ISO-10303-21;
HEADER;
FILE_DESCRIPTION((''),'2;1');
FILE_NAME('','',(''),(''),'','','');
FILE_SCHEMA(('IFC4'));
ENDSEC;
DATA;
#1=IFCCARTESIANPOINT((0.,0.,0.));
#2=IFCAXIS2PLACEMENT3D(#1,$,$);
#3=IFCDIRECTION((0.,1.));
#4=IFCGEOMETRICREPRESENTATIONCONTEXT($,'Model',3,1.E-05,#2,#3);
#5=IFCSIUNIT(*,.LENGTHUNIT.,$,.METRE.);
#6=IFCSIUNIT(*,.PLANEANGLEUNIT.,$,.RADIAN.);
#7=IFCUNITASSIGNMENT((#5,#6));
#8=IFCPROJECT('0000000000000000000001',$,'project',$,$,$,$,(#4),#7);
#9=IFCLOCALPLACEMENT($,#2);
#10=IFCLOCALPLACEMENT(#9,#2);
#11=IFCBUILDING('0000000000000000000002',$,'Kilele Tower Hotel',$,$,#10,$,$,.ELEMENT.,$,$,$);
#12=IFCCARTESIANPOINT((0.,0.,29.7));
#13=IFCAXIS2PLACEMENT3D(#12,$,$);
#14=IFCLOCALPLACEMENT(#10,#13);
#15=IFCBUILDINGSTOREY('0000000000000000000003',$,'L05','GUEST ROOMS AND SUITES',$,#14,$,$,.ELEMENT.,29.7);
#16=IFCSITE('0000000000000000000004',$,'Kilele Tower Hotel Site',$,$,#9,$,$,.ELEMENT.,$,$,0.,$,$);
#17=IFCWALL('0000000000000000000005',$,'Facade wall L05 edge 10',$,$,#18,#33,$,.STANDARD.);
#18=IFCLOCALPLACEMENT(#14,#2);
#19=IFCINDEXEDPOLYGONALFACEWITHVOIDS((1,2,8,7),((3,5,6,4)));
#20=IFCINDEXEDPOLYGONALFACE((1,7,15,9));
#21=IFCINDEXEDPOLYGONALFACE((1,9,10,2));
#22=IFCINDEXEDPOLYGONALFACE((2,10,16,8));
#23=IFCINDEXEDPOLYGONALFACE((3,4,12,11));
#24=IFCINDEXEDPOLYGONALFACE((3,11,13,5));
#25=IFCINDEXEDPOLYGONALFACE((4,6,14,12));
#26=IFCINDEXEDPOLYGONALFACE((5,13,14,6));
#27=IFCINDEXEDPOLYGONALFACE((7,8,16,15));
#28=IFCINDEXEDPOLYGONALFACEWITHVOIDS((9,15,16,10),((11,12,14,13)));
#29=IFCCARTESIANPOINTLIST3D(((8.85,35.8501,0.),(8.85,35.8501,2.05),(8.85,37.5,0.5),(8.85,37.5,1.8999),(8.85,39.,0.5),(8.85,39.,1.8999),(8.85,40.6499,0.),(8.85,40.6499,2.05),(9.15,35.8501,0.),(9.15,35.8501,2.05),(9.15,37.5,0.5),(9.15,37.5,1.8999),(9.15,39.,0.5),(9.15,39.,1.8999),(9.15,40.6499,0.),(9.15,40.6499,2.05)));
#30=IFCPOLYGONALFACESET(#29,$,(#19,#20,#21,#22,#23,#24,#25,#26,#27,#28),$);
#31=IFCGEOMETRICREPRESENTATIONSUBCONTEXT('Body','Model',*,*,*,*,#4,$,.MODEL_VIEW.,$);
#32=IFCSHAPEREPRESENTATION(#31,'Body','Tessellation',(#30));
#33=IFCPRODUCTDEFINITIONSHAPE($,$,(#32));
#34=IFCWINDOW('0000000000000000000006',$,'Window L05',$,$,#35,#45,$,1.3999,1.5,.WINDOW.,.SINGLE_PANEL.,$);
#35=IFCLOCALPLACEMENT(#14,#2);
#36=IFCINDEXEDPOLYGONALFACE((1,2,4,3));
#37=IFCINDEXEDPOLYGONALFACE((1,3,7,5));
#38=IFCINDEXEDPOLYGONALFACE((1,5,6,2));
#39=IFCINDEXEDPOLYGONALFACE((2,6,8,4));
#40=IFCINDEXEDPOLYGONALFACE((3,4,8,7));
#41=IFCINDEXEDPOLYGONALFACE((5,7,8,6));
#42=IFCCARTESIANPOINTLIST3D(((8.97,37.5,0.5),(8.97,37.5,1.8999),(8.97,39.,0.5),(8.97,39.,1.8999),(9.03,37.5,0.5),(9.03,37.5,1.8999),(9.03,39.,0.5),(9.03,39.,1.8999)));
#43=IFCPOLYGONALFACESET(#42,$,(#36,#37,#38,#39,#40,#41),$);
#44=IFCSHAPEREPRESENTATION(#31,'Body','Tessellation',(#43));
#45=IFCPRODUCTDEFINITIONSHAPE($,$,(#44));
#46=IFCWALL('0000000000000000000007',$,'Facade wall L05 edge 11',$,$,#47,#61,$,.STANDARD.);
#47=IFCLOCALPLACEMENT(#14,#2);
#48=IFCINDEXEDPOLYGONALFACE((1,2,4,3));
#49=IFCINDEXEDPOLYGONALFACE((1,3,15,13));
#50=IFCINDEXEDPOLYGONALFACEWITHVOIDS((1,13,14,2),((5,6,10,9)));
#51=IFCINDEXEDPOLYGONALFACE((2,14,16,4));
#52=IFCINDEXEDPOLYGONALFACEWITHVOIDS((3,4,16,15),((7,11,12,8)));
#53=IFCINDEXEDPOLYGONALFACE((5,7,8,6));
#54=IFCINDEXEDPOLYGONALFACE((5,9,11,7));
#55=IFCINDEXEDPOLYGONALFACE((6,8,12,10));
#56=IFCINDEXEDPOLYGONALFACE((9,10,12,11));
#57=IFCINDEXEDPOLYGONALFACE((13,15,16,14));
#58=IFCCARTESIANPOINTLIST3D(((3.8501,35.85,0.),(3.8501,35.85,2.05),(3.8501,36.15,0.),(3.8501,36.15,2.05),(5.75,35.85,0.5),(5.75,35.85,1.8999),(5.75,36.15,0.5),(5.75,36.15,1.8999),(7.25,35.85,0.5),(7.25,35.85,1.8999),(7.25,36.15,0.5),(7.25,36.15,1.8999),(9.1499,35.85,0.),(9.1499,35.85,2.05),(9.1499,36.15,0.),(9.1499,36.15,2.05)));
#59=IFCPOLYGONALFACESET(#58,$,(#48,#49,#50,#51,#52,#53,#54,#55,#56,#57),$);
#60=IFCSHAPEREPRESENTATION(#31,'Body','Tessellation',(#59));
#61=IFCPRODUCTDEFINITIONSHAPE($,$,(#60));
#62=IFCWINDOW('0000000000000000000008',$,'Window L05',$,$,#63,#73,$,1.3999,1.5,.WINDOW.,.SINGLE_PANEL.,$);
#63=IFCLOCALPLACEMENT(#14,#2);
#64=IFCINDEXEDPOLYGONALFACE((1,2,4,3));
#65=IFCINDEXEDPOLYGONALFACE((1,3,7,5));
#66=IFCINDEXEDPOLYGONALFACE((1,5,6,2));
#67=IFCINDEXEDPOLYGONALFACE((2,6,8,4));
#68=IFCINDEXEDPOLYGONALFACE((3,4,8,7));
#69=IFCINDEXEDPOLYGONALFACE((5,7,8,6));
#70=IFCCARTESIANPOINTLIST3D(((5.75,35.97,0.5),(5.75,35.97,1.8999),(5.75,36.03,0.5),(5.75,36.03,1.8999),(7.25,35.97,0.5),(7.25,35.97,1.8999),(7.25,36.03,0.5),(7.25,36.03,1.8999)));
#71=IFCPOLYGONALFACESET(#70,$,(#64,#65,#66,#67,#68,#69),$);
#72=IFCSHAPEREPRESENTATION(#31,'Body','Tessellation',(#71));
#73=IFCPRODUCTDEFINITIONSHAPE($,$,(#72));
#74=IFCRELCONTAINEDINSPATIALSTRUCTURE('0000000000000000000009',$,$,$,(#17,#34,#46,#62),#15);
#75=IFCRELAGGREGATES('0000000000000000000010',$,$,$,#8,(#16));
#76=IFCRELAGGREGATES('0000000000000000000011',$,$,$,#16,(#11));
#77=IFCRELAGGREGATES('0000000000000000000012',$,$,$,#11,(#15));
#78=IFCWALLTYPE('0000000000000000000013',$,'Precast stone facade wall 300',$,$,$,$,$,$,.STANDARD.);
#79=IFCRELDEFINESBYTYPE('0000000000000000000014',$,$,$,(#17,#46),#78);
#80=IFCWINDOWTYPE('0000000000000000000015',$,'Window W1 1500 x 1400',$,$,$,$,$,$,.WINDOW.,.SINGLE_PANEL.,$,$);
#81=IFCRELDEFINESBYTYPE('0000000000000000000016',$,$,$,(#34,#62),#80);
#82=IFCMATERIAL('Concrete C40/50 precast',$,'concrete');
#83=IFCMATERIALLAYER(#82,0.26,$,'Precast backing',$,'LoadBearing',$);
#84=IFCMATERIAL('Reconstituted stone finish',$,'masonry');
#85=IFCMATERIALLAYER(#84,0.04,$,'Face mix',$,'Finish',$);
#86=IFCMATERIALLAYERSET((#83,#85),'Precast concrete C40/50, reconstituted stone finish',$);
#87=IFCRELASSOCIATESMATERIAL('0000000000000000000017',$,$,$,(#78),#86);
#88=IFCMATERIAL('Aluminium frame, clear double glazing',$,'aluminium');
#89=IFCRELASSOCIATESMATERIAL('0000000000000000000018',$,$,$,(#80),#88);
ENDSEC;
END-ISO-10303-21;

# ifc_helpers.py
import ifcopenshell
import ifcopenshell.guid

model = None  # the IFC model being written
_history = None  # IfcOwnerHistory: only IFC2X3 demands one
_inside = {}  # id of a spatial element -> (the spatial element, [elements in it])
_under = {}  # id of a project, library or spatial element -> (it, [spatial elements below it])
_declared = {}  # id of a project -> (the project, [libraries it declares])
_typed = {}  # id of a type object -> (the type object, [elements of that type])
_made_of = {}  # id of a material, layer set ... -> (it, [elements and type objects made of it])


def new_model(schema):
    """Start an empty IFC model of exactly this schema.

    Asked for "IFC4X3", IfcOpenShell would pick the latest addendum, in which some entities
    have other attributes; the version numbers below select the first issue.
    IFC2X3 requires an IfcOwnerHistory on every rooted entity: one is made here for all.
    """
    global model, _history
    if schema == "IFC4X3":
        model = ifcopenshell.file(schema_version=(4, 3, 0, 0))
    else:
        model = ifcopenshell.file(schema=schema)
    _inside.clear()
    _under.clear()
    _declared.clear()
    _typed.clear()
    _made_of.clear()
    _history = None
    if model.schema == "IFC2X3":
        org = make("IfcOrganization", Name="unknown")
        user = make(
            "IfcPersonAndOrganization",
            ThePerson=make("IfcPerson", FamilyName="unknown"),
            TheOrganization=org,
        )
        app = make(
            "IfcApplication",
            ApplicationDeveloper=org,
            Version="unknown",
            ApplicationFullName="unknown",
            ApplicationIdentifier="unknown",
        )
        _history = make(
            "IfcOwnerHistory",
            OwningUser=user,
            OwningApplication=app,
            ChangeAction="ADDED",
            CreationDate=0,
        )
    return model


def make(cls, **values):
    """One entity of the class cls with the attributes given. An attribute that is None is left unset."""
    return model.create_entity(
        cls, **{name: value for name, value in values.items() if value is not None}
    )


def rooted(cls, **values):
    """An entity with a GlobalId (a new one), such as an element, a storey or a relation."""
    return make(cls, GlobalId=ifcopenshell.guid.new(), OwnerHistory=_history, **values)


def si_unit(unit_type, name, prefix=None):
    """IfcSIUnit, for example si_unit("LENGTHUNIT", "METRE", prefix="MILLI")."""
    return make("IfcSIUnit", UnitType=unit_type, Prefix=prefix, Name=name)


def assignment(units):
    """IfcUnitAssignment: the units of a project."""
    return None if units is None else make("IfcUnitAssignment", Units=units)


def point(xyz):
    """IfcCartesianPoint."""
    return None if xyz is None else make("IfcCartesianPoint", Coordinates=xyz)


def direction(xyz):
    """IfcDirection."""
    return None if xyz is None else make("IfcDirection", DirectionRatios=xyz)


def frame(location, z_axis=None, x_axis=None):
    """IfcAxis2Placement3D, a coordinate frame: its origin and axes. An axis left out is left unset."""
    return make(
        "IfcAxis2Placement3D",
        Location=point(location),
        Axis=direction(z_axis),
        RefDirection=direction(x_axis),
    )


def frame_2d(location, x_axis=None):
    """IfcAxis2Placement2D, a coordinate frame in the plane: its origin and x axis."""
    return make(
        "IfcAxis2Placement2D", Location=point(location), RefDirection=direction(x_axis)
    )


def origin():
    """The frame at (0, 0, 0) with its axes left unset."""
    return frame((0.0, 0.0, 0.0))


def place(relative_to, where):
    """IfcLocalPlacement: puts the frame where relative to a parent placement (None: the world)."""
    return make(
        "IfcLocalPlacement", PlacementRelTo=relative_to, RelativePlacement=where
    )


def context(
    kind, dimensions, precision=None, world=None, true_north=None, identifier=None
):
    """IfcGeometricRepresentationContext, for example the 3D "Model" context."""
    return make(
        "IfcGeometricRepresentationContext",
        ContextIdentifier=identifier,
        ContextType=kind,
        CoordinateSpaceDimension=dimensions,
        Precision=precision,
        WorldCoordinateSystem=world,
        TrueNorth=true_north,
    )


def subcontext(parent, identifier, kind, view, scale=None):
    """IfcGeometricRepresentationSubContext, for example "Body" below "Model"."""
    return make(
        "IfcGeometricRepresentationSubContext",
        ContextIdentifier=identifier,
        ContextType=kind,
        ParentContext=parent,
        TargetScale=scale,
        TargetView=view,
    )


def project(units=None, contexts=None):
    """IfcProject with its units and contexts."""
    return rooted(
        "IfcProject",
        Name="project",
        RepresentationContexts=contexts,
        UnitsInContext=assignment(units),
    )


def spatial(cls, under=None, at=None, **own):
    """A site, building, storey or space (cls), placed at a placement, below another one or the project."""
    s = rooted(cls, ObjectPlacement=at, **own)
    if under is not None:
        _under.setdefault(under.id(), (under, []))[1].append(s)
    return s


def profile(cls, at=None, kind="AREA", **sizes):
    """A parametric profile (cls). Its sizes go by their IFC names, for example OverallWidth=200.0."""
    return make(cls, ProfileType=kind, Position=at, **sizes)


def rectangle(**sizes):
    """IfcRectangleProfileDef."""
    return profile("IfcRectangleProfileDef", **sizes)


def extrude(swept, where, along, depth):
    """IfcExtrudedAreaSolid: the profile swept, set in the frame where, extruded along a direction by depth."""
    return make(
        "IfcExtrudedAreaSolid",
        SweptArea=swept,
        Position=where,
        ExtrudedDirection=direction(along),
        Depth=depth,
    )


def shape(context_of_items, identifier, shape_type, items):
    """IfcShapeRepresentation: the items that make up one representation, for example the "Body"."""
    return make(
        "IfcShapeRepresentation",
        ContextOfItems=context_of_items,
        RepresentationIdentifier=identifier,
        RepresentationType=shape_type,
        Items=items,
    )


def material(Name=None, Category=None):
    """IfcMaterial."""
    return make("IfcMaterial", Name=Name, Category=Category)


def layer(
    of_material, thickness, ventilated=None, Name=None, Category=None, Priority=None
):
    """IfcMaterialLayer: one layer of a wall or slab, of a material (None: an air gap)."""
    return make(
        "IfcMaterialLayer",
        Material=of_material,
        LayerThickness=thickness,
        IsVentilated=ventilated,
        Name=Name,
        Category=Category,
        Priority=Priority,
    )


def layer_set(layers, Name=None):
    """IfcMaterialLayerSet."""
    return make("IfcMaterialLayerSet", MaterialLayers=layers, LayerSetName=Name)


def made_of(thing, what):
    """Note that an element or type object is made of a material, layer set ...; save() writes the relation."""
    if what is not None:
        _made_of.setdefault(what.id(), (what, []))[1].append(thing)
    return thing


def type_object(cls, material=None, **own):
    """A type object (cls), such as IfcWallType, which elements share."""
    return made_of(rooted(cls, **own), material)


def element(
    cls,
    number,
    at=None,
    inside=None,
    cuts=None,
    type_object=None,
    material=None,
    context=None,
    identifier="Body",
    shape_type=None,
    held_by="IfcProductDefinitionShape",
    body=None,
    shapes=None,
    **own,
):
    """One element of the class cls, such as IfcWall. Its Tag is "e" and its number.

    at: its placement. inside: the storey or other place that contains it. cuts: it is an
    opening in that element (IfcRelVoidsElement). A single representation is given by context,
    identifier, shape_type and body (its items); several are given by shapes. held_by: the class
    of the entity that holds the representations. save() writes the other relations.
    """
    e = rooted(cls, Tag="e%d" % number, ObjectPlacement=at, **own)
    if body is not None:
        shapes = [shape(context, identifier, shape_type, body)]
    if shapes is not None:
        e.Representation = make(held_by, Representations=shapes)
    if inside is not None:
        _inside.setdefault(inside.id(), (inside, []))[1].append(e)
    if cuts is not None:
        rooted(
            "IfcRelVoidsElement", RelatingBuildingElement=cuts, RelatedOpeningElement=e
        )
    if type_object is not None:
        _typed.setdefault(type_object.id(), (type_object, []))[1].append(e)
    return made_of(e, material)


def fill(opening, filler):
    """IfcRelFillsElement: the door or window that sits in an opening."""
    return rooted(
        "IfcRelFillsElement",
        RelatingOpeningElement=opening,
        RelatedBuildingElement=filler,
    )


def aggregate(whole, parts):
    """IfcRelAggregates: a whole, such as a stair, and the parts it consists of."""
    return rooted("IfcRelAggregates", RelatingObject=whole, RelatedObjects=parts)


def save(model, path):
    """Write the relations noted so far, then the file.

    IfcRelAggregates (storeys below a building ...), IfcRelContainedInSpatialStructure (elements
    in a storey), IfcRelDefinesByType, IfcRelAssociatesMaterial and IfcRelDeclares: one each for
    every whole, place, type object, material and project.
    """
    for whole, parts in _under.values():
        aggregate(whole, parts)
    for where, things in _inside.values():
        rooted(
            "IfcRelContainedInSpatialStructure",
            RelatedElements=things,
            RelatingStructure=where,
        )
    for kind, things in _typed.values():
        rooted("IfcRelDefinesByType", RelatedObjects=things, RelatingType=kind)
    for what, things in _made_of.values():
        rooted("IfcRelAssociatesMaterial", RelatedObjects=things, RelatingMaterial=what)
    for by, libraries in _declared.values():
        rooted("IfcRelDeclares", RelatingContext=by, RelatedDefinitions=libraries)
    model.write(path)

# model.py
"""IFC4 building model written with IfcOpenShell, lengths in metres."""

from ifc_helpers import new_model, si_unit, direction, frame, frame_2d, origin, place, context, subcontext, project, spatial, rectangle, extrude, material, layer, layer_set, type_object, element, fill, save


model = new_model("IFC4")

# Units and contexts
model_context = context("Model", 3, precision=1e-05, world=origin(), true_north=direction((0.0, 1.0)))
body_context = subcontext(model_context, "Body", "Model", "MODEL_VIEW")
ifc_project = project(units=[si_unit("LENGTHUNIT", "METRE"), si_unit("PLANEANGLEUNIT", "RADIAN")], contexts=[model_context])

# Site, building, storey
site_placement = place(None, origin())
site = spatial("IfcSite", under=ifc_project, at=site_placement, Name="Kilele Tower Hotel Site", CompositionType="ELEMENT", RefElevation=0.0)
building_placement = place(site_placement, origin())
building = spatial("IfcBuilding", under=site, at=building_placement, Name="Kilele Tower Hotel", CompositionType="ELEMENT")
storey_placement = place(building_placement, frame((0.0, 0.0, 29.7)))
storey = spatial("IfcBuildingStorey", under=building, at=storey_placement, Name="L05", Description="GUEST ROOMS AND SUITES", CompositionType="ELEMENT", Elevation=29.7)

# Walls, openings, windows
ifc_material_1 = material(Name="Concrete C40/50 precast", Category="concrete")
ifc_layer_1 = layer(ifc_material_1, 0.26, Name="Precast backing", Category="LoadBearing")
ifc_material_2 = material(Name="Reconstituted stone finish", Category="masonry")
ifc_layer_2 = layer(ifc_material_2, 0.04, Name="Face mix", Category="Finish")
ifc_layer_set_1 = layer_set([ifc_layer_1, ifc_layer_2], Name="Precast concrete C40/50, reconstituted stone finish")
wall_type_1 = type_object("IfcWallType", Name="Precast stone facade wall 300", PredefinedType="STANDARD", material=ifc_layer_set_1)
wall_1_placement = place(storey_placement, frame((9.0, 40.6499, 0.0), z_axis=(0.0, 0.0, 1.0), x_axis=(0.0, -1.0, 0.0)))
wall_1 = element("IfcWall", 1, at=wall_1_placement, inside=storey, type_object=wall_type_1, Name="Facade wall L05 edge 10", PredefinedType="STANDARD", context=body_context, shape_type="SweptSolid", body=[
    extrude(rectangle(XDim=4.7998, YDim=0.3, at=frame_2d((2.3999, 0.0))), origin(), (0.0, 0.0, 1.0), 2.05),
])
opening_1_placement = place(wall_1_placement, frame((1.6499, 0.0, 0.5)))
opening_1 = element("IfcOpeningElement", 2, at=opening_1_placement, cuts=wall_1, PredefinedType="OPENING", context=body_context, shape_type="SweptSolid", body=[
    extrude(rectangle(XDim=1.5, YDim=1.3999, at=frame_2d((0.75, 0.7))), frame((0.0, 0.1599, 0.0), z_axis=(0.0, -1.0, 0.0), x_axis=(1.0, 0.0, 0.0)), (0.0, 0.0, 1.0), 0.3201),
])
ifc_material_3 = material(Name="Aluminium frame, clear double glazing", Category="aluminium")
window_type = type_object("IfcWindowType", Name="Window W1 1500 x 1400", PartitioningType="SINGLE_PANEL", PredefinedType="WINDOW", material=ifc_material_3)
window_1_placement = place(opening_1_placement, origin())
window_1 = element("IfcWindow", 3, at=window_1_placement, inside=storey, type_object=window_type, Name="Window L05", OverallHeight=1.3999, OverallWidth=1.5, PartitioningType="SINGLE_PANEL", PredefinedType="WINDOW", context=body_context, shape_type="SweptSolid", body=[
    extrude(rectangle(XDim=1.5, YDim=1.3999, at=frame_2d((0.75, 0.7))), frame((0.0, 0.03, 0.0), z_axis=(0.0, -1.0, 0.0), x_axis=(1.0, 0.0, 0.0)), (0.0, 0.0, 1.0), 0.0601),
])
fill(opening_1, window_1)
wall_2_placement = place(storey_placement, frame((9.1499, 36.0, 0.0), z_axis=(0.0, 0.0, 1.0), x_axis=(-1.0, 0.0, 0.0)))
wall_2 = element("IfcWall", 4, at=wall_2_placement, inside=storey, type_object=wall_type_1, Name="Facade wall L05 edge 11", PredefinedType="STANDARD", context=body_context, shape_type="SweptSolid", body=[
    extrude(rectangle(XDim=5.2998, YDim=0.3, at=frame_2d((2.6499, 0.0))), origin(), (0.0, 0.0, 1.0), 2.05),
])
opening_2_placement = place(wall_2_placement, frame((1.8999, 0.0, 0.5)))
opening_2 = element("IfcOpeningElement", 5, at=opening_2_placement, cuts=wall_2, PredefinedType="OPENING", context=body_context, shape_type="SweptSolid", body=[
    extrude(rectangle(XDim=1.5, YDim=1.3999, at=frame_2d((0.75, 0.7))), frame((0.0, 0.1599, 0.0), z_axis=(0.0, -1.0, 0.0), x_axis=(1.0, 0.0, 0.0)), (0.0, 0.0, 1.0), 0.3201),
])
window_2_placement = place(opening_2_placement, origin())
window_2 = element("IfcWindow", 6, at=window_2_placement, inside=storey, type_object=window_type, Name="Window L05", OverallHeight=1.3999, OverallWidth=1.5, PartitioningType="SINGLE_PANEL", PredefinedType="WINDOW", context=body_context, shape_type="SweptSolid", body=[
    extrude(rectangle(XDim=1.5, YDim=1.3999, at=frame_2d((0.75, 0.7))), frame((0.0, 0.03, 0.0), z_axis=(0.0, -1.0, 0.0), x_axis=(1.0, 0.0, 0.0)), (0.0, 0.0, 1.0), 0.0601),
])
fill(opening_2, window_2)

save(model, "model.ifc")
